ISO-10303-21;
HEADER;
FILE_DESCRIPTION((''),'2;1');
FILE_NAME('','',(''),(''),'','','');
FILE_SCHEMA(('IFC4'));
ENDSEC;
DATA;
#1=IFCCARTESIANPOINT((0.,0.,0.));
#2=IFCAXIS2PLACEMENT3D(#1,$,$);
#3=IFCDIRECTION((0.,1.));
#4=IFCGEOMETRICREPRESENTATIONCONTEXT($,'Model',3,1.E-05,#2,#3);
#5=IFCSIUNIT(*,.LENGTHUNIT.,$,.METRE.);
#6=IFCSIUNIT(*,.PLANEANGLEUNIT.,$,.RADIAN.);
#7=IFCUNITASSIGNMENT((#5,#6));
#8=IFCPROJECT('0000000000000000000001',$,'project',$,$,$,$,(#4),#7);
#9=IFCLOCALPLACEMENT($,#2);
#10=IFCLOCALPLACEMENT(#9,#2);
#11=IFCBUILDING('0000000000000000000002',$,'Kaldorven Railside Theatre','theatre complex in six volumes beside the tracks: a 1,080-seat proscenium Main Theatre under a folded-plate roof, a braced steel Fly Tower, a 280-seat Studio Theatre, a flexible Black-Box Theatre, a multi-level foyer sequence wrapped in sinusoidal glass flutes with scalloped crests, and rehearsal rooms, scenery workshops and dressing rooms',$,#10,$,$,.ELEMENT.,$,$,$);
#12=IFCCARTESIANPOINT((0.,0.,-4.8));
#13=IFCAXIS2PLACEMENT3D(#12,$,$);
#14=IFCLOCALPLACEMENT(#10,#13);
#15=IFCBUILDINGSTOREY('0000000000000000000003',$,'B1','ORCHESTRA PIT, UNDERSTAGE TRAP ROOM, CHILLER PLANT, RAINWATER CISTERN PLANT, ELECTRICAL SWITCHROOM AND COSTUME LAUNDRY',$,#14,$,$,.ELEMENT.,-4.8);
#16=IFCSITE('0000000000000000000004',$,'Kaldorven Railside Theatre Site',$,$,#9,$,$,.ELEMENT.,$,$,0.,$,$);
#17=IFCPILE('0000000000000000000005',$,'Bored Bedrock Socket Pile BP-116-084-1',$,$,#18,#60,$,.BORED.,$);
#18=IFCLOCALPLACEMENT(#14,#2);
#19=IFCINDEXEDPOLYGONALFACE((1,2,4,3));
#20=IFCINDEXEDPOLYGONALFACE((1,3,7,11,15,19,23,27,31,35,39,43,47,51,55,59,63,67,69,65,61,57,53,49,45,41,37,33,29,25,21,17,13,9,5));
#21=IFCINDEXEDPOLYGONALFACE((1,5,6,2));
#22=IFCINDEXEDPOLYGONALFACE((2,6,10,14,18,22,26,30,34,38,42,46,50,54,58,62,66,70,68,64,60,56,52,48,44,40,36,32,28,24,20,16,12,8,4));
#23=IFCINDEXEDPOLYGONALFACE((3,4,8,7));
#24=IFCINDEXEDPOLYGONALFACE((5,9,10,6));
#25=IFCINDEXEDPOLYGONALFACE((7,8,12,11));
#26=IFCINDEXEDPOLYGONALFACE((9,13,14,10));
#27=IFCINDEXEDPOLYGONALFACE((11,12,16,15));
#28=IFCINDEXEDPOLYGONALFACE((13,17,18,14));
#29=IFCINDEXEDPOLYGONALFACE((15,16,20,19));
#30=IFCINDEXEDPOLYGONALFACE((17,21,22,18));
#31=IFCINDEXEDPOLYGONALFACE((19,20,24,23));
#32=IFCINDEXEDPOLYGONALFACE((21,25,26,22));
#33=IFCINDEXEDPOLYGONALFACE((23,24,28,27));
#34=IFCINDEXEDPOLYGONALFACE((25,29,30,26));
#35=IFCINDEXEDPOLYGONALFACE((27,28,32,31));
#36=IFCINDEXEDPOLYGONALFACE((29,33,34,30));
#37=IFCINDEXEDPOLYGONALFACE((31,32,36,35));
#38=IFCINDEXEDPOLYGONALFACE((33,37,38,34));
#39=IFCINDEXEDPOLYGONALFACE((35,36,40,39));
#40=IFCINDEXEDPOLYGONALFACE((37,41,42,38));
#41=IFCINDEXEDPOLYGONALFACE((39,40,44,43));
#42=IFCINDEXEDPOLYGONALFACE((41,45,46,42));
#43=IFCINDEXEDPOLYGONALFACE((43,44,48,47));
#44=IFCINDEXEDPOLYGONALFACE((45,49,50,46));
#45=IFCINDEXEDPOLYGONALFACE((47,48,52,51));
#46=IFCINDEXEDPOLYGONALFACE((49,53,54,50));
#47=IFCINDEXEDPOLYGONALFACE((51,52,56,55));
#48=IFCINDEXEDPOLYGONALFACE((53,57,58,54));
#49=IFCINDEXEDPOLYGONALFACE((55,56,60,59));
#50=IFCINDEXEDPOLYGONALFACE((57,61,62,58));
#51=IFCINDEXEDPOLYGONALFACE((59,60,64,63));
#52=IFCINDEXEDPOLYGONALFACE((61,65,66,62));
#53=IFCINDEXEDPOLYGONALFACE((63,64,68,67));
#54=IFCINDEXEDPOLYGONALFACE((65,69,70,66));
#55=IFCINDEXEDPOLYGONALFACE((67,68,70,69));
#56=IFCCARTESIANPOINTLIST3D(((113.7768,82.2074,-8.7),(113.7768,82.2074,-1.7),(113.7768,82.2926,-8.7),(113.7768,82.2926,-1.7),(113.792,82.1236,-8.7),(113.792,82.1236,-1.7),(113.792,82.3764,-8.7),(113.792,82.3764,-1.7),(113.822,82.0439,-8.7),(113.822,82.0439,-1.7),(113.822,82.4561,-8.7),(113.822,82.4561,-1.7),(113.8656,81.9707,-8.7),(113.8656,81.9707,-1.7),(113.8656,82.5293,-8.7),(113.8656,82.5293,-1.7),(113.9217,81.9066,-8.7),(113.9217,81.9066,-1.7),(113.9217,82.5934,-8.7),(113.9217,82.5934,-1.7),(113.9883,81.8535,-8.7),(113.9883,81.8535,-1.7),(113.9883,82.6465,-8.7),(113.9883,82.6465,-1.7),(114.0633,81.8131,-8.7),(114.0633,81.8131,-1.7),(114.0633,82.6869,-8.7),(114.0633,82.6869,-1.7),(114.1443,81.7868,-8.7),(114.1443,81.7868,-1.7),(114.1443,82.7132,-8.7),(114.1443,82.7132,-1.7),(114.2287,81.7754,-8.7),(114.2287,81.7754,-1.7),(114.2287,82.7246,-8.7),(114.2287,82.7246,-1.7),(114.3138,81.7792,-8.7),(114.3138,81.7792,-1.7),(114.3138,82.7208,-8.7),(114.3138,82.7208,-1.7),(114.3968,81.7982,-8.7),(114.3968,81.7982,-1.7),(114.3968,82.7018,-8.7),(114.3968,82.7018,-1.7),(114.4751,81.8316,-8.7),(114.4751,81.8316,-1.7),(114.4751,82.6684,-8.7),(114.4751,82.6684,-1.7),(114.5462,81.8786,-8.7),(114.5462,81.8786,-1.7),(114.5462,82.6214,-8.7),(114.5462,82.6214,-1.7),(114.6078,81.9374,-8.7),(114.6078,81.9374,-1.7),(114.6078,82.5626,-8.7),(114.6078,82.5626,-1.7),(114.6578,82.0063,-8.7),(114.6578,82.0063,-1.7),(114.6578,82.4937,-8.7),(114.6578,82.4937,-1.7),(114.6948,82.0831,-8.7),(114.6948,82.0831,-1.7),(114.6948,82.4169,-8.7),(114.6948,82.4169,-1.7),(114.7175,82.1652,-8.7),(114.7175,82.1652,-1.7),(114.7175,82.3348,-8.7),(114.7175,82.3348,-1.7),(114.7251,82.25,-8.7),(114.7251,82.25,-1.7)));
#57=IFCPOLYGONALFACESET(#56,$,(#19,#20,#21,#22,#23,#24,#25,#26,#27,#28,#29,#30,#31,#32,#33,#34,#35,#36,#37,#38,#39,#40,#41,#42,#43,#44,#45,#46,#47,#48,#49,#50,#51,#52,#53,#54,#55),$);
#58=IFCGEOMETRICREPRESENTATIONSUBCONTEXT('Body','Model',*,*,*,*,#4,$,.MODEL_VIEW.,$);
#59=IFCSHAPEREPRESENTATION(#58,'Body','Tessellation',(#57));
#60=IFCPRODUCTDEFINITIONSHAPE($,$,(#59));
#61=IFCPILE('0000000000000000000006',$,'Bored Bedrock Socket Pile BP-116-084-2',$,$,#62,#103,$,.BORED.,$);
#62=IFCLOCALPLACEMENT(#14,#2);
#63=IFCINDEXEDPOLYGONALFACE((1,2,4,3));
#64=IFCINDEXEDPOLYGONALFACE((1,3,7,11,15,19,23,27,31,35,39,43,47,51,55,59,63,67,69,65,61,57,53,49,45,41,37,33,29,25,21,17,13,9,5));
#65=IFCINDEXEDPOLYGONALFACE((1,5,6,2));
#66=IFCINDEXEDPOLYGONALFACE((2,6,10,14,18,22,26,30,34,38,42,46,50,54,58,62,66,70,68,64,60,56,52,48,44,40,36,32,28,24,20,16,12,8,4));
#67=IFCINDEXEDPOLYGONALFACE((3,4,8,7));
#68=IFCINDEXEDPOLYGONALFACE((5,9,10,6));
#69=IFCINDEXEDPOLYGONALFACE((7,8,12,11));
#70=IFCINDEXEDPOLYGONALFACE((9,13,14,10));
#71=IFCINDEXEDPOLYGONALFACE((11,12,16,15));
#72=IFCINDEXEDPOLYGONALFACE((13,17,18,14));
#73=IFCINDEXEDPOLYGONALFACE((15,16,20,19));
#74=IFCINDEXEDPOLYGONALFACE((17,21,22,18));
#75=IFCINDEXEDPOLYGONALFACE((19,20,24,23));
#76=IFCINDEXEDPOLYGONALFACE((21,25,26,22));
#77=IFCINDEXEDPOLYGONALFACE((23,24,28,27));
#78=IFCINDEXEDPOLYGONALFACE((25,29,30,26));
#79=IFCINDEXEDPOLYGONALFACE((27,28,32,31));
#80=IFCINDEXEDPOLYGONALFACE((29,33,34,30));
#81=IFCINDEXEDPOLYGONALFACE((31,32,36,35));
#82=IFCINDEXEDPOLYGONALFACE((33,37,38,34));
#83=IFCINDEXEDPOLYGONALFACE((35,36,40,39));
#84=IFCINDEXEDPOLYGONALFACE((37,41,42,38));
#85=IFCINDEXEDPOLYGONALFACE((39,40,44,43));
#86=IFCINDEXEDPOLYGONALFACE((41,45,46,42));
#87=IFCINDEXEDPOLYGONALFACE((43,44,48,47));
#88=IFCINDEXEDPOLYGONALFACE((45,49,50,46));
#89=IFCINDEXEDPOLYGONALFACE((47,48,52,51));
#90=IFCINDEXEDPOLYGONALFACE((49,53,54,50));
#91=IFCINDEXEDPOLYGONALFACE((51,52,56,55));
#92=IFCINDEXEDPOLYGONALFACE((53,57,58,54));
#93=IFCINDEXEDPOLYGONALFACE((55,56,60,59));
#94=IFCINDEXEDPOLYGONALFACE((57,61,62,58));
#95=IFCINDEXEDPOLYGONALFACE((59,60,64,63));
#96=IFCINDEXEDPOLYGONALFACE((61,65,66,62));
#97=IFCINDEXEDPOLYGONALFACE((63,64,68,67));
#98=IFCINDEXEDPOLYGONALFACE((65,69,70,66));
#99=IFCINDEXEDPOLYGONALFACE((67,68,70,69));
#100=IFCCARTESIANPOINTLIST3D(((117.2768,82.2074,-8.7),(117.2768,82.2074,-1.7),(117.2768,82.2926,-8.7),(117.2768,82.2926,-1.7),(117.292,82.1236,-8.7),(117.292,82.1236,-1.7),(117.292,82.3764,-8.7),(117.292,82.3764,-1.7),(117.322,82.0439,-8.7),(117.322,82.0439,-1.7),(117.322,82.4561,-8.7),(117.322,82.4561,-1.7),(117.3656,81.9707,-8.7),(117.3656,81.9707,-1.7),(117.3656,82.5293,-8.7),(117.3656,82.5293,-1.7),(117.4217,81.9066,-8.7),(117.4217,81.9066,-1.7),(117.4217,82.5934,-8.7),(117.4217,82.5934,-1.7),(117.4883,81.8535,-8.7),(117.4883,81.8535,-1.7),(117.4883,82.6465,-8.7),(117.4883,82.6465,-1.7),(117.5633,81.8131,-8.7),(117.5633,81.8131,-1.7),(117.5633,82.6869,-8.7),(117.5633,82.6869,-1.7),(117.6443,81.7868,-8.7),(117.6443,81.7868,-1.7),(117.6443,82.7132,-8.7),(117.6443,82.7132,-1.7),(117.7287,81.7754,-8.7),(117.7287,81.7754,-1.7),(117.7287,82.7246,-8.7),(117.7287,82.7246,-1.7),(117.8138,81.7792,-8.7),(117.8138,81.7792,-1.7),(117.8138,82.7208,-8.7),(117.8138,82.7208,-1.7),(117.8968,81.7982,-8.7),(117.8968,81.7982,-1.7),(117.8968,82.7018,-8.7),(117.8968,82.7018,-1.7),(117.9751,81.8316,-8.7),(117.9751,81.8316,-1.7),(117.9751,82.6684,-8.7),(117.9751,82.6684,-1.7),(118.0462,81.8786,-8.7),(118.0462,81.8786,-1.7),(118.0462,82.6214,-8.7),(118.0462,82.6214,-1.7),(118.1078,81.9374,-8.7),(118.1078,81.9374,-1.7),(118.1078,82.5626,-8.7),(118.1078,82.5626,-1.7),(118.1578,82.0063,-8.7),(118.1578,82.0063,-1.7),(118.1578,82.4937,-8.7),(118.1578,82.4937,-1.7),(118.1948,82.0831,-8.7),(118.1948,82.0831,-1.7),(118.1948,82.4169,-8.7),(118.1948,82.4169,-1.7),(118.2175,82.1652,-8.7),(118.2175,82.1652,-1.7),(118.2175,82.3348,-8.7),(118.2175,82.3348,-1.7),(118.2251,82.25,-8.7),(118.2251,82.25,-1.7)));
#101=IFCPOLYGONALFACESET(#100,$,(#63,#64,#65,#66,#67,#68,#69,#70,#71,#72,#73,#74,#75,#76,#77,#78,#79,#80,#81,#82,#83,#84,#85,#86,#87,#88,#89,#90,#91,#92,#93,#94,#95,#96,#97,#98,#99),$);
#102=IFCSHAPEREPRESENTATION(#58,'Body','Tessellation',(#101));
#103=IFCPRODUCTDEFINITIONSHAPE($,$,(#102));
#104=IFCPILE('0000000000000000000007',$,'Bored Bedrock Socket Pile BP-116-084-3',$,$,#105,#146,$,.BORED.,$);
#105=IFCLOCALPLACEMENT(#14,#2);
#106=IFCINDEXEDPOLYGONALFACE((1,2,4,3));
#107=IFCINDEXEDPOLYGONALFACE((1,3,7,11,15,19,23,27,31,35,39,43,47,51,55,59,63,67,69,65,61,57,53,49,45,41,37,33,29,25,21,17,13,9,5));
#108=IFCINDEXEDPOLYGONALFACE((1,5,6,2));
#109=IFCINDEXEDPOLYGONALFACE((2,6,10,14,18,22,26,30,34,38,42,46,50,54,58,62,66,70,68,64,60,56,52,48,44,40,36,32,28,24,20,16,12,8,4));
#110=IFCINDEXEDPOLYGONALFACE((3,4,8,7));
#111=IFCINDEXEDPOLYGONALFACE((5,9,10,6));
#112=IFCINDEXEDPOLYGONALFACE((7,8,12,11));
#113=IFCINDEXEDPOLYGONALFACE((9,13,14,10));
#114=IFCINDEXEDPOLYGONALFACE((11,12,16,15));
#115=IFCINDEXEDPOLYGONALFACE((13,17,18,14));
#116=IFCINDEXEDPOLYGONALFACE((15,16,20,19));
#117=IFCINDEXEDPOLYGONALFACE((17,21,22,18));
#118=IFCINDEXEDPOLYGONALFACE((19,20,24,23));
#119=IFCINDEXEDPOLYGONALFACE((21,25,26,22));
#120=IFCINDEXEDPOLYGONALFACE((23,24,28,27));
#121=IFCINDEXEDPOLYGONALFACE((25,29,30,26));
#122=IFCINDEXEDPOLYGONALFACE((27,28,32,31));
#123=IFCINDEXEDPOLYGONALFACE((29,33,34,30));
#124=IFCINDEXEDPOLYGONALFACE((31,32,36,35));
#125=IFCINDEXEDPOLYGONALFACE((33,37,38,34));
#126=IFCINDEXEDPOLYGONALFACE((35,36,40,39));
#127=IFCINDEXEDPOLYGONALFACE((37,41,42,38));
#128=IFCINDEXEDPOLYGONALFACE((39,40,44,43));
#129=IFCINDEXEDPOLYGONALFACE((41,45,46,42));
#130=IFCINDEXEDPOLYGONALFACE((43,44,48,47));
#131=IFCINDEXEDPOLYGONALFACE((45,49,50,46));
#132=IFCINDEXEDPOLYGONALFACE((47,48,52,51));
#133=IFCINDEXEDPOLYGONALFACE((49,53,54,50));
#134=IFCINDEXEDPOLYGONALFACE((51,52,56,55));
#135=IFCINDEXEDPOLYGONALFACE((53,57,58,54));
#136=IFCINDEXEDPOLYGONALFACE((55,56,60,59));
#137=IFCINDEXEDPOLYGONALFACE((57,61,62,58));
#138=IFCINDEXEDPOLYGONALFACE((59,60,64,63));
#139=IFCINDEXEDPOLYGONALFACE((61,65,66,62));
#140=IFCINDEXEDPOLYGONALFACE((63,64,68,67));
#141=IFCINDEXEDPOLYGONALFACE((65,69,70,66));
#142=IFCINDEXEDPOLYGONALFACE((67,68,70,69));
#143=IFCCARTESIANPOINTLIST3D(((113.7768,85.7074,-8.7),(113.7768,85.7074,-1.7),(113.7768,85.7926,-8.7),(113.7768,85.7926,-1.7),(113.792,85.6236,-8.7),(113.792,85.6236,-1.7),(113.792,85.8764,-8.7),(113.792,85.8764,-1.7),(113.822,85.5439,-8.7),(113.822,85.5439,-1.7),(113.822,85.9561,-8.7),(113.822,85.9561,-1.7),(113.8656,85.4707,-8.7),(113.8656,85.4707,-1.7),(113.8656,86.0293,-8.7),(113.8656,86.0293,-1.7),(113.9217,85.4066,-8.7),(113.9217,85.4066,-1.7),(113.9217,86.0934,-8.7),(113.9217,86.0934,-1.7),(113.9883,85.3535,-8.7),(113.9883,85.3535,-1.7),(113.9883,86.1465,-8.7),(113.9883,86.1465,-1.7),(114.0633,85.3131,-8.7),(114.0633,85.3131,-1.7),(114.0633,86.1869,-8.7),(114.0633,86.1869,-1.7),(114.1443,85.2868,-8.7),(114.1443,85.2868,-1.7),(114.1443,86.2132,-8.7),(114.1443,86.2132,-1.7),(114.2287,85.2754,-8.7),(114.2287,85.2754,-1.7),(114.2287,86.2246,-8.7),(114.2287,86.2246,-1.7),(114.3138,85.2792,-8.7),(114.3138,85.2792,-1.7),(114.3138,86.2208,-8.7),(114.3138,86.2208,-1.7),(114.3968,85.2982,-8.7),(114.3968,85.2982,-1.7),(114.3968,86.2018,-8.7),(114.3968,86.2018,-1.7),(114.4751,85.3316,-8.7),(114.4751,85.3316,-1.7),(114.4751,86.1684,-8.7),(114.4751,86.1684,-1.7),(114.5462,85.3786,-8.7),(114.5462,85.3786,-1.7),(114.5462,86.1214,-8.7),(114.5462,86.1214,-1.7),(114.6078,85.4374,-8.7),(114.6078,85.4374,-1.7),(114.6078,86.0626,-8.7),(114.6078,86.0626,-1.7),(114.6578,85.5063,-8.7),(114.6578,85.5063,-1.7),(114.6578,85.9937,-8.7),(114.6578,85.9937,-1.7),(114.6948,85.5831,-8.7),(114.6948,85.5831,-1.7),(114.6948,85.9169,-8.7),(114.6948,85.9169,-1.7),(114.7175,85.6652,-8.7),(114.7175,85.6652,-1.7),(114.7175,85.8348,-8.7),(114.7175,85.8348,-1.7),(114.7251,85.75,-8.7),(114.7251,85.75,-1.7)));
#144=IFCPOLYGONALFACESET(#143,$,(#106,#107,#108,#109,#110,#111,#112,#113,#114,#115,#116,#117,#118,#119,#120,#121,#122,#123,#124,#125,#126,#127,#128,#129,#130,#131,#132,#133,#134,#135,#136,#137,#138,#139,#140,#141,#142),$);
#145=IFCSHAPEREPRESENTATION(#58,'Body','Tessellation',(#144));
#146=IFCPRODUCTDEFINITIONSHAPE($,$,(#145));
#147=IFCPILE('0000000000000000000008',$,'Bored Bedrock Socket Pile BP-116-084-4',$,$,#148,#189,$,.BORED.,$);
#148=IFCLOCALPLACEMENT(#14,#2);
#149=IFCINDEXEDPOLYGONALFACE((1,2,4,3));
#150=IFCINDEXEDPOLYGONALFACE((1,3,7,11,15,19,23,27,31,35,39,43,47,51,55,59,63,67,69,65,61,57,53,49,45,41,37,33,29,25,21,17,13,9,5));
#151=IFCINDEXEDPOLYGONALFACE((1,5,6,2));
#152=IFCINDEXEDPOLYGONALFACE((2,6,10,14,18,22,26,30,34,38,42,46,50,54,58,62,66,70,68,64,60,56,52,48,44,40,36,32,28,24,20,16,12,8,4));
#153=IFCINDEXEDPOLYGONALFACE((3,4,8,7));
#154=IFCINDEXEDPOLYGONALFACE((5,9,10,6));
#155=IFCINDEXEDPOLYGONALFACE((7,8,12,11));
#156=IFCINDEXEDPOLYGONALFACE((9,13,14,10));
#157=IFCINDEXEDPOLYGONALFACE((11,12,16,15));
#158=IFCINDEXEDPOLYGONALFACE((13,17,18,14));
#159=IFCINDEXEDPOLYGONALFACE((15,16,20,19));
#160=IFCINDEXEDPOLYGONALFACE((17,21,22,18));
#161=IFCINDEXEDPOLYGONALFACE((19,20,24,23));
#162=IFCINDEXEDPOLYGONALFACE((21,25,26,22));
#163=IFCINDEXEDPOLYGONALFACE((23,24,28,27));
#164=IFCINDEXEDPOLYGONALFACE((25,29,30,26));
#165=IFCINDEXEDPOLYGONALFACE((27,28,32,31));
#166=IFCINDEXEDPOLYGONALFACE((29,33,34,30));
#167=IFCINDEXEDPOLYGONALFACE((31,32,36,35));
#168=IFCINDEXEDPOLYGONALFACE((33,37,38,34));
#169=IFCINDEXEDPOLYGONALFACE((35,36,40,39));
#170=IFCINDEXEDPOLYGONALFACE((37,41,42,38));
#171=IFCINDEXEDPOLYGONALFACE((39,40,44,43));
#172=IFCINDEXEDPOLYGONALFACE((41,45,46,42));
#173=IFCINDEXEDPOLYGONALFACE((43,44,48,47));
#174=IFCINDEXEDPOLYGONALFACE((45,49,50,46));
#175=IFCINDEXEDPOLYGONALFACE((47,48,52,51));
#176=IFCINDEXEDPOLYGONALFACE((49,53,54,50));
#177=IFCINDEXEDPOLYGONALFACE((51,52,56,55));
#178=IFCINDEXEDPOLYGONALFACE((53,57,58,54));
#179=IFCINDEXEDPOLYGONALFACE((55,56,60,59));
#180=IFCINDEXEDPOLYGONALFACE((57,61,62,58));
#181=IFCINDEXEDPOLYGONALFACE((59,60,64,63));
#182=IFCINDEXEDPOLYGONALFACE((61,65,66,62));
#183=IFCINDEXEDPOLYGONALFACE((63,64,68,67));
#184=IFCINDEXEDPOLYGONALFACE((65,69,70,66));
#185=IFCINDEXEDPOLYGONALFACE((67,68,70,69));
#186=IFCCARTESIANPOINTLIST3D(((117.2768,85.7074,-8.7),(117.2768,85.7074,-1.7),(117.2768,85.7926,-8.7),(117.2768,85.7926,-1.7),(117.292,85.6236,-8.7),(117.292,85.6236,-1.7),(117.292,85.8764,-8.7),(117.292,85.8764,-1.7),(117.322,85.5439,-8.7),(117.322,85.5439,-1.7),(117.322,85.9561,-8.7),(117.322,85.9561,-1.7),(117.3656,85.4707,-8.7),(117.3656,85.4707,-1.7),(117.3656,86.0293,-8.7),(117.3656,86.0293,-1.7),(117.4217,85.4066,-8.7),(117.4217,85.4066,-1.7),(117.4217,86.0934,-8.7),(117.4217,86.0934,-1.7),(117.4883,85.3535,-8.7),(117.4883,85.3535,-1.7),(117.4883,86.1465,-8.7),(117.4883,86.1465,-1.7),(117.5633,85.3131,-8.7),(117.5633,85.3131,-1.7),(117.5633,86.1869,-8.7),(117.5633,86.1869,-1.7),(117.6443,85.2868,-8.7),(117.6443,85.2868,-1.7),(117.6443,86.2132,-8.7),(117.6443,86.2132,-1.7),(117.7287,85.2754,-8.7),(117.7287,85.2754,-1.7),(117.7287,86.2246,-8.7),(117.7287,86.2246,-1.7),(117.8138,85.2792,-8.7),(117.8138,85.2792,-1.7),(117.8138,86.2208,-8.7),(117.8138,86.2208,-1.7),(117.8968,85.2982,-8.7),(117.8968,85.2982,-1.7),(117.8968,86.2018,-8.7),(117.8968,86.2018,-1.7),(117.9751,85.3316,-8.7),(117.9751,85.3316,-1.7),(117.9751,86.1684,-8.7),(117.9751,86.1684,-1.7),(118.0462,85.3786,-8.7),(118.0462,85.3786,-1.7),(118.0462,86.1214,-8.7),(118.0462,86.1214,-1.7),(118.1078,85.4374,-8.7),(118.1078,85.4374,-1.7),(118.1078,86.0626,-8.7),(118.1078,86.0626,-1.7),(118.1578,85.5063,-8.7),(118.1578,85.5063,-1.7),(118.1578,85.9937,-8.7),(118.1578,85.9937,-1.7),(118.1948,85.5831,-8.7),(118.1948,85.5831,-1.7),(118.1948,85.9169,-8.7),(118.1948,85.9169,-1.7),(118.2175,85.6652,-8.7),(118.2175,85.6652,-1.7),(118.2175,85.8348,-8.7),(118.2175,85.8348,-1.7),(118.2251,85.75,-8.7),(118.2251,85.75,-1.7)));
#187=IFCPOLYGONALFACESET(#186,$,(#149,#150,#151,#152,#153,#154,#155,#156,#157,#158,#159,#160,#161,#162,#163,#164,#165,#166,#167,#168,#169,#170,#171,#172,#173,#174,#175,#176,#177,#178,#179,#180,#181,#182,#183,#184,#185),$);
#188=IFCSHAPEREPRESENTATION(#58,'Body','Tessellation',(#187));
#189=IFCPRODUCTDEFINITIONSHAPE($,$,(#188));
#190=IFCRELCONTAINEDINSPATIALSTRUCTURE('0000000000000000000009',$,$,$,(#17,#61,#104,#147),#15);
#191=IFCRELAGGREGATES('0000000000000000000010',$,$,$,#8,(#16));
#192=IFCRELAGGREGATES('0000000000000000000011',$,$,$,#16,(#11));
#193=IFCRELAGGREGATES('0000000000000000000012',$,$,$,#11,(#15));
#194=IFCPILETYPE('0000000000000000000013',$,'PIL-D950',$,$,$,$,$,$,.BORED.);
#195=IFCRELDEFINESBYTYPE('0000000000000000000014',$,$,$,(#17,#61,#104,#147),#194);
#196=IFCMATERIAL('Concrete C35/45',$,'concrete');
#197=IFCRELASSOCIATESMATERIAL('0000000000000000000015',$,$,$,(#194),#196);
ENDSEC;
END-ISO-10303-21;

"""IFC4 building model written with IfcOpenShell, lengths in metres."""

from ifc_helpers import new_model, si_unit, direction, frame, origin, origin_2d, place, context, subcontext, project, spatial, circle, extrude, material, material_profile, profile_set, type_object, element, save


model = new_model("IFC4")

# Units and contexts
model_context = context("Model", 3, precision=1e-05, world=origin(), true_north=direction((0.0, 1.0)))
body_context = subcontext(model_context, "Body", "Model", "MODEL_VIEW")
ifc_project = project(units=[si_unit("LENGTHUNIT", "METRE"), si_unit("PLANEANGLEUNIT", "RADIAN")], contexts=[model_context])

# Site, building, storey
site_placement = place(None, origin())
site = spatial("IfcSite", under=ifc_project, at=site_placement, Name="Kaldorven Railside Theatre Site", CompositionType="ELEMENT", RefElevation=0.0)
building_placement = place(site_placement, origin())
building = spatial("IfcBuilding", under=site, at=building_placement, Name="Kaldorven Railside Theatre", Description="theatre complex in six volumes beside the tracks: a 1,080-seat proscenium Main Theatre under a folded-plate roof, a braced steel Fly Tower, a 280-seat Studio Theatre, a flexible Black-Box Theatre, a multi-level foyer sequence wrapped in sinusoidal glass flutes with scalloped crests, and rehearsal rooms, scenery workshops and dressing rooms", CompositionType="ELEMENT")
storey_placement = place(building_placement, frame((0.0, 0.0, -4.8)))
storey = spatial("IfcBuildingStorey", under=building, at=storey_placement, Name="B1", Description="ORCHESTRA PIT, UNDERSTAGE TRAP ROOM, CHILLER PLANT, RAINWATER CISTERN PLANT, ELECTRICAL SWITCHROOM AND COSTUME LAUNDRY", CompositionType="ELEMENT", Elevation=-4.8)

# Piles
ifc_material_1 = material(Name="Concrete C35/45", Category="concrete")
ifc_material_profile_1 = material_profile(ifc_material_1, circle(Radius=0.4751, at=origin_2d()), Name="BP D950")
ifc_profile_set_1 = profile_set([ifc_material_profile_1], Name="Concrete C35/45")
pile_type_1 = type_object("IfcPileType", Name="PIL-D950", PredefinedType="BORED", material=ifc_profile_set_1)
for number, where, z_axis, x_axis, name in (
    (1, (114.25, 82.25, -1.7), (0.0, 0.0, -1.0), (1.0, 0.0, 0.0), "Bored Bedrock Socket Pile BP-116-084-1"),
    (2, (117.75, 82.25, -1.7), (0.0, 0.0, -1.0), (1.0, 0.0, 0.0), "Bored Bedrock Socket Pile BP-116-084-2"),
    (3, (114.25, 85.75, -1.7), (0.0, 0.0, -1.0), (1.0, 0.0, 0.0), "Bored Bedrock Socket Pile BP-116-084-3"),
    (4, (117.75, 85.75, -1.7), (0.0, 0.0, -1.0), (1.0, 0.0, 0.0), "Bored Bedrock Socket Pile BP-116-084-4"),
):
    element("IfcPile", number, at=place(storey_placement, frame(where, z_axis=z_axis, x_axis=x_axis)), inside=storey, type_object=pile_type_1, Name=name, PredefinedType="BORED", context=body_context, shape_type="SweptSolid", body=[
        extrude(circle(Radius=0.4751, at=origin_2d()), origin(), (0.0, 0.0, 1.0), 7.0),
    ])

save(model, "model.ifc")
